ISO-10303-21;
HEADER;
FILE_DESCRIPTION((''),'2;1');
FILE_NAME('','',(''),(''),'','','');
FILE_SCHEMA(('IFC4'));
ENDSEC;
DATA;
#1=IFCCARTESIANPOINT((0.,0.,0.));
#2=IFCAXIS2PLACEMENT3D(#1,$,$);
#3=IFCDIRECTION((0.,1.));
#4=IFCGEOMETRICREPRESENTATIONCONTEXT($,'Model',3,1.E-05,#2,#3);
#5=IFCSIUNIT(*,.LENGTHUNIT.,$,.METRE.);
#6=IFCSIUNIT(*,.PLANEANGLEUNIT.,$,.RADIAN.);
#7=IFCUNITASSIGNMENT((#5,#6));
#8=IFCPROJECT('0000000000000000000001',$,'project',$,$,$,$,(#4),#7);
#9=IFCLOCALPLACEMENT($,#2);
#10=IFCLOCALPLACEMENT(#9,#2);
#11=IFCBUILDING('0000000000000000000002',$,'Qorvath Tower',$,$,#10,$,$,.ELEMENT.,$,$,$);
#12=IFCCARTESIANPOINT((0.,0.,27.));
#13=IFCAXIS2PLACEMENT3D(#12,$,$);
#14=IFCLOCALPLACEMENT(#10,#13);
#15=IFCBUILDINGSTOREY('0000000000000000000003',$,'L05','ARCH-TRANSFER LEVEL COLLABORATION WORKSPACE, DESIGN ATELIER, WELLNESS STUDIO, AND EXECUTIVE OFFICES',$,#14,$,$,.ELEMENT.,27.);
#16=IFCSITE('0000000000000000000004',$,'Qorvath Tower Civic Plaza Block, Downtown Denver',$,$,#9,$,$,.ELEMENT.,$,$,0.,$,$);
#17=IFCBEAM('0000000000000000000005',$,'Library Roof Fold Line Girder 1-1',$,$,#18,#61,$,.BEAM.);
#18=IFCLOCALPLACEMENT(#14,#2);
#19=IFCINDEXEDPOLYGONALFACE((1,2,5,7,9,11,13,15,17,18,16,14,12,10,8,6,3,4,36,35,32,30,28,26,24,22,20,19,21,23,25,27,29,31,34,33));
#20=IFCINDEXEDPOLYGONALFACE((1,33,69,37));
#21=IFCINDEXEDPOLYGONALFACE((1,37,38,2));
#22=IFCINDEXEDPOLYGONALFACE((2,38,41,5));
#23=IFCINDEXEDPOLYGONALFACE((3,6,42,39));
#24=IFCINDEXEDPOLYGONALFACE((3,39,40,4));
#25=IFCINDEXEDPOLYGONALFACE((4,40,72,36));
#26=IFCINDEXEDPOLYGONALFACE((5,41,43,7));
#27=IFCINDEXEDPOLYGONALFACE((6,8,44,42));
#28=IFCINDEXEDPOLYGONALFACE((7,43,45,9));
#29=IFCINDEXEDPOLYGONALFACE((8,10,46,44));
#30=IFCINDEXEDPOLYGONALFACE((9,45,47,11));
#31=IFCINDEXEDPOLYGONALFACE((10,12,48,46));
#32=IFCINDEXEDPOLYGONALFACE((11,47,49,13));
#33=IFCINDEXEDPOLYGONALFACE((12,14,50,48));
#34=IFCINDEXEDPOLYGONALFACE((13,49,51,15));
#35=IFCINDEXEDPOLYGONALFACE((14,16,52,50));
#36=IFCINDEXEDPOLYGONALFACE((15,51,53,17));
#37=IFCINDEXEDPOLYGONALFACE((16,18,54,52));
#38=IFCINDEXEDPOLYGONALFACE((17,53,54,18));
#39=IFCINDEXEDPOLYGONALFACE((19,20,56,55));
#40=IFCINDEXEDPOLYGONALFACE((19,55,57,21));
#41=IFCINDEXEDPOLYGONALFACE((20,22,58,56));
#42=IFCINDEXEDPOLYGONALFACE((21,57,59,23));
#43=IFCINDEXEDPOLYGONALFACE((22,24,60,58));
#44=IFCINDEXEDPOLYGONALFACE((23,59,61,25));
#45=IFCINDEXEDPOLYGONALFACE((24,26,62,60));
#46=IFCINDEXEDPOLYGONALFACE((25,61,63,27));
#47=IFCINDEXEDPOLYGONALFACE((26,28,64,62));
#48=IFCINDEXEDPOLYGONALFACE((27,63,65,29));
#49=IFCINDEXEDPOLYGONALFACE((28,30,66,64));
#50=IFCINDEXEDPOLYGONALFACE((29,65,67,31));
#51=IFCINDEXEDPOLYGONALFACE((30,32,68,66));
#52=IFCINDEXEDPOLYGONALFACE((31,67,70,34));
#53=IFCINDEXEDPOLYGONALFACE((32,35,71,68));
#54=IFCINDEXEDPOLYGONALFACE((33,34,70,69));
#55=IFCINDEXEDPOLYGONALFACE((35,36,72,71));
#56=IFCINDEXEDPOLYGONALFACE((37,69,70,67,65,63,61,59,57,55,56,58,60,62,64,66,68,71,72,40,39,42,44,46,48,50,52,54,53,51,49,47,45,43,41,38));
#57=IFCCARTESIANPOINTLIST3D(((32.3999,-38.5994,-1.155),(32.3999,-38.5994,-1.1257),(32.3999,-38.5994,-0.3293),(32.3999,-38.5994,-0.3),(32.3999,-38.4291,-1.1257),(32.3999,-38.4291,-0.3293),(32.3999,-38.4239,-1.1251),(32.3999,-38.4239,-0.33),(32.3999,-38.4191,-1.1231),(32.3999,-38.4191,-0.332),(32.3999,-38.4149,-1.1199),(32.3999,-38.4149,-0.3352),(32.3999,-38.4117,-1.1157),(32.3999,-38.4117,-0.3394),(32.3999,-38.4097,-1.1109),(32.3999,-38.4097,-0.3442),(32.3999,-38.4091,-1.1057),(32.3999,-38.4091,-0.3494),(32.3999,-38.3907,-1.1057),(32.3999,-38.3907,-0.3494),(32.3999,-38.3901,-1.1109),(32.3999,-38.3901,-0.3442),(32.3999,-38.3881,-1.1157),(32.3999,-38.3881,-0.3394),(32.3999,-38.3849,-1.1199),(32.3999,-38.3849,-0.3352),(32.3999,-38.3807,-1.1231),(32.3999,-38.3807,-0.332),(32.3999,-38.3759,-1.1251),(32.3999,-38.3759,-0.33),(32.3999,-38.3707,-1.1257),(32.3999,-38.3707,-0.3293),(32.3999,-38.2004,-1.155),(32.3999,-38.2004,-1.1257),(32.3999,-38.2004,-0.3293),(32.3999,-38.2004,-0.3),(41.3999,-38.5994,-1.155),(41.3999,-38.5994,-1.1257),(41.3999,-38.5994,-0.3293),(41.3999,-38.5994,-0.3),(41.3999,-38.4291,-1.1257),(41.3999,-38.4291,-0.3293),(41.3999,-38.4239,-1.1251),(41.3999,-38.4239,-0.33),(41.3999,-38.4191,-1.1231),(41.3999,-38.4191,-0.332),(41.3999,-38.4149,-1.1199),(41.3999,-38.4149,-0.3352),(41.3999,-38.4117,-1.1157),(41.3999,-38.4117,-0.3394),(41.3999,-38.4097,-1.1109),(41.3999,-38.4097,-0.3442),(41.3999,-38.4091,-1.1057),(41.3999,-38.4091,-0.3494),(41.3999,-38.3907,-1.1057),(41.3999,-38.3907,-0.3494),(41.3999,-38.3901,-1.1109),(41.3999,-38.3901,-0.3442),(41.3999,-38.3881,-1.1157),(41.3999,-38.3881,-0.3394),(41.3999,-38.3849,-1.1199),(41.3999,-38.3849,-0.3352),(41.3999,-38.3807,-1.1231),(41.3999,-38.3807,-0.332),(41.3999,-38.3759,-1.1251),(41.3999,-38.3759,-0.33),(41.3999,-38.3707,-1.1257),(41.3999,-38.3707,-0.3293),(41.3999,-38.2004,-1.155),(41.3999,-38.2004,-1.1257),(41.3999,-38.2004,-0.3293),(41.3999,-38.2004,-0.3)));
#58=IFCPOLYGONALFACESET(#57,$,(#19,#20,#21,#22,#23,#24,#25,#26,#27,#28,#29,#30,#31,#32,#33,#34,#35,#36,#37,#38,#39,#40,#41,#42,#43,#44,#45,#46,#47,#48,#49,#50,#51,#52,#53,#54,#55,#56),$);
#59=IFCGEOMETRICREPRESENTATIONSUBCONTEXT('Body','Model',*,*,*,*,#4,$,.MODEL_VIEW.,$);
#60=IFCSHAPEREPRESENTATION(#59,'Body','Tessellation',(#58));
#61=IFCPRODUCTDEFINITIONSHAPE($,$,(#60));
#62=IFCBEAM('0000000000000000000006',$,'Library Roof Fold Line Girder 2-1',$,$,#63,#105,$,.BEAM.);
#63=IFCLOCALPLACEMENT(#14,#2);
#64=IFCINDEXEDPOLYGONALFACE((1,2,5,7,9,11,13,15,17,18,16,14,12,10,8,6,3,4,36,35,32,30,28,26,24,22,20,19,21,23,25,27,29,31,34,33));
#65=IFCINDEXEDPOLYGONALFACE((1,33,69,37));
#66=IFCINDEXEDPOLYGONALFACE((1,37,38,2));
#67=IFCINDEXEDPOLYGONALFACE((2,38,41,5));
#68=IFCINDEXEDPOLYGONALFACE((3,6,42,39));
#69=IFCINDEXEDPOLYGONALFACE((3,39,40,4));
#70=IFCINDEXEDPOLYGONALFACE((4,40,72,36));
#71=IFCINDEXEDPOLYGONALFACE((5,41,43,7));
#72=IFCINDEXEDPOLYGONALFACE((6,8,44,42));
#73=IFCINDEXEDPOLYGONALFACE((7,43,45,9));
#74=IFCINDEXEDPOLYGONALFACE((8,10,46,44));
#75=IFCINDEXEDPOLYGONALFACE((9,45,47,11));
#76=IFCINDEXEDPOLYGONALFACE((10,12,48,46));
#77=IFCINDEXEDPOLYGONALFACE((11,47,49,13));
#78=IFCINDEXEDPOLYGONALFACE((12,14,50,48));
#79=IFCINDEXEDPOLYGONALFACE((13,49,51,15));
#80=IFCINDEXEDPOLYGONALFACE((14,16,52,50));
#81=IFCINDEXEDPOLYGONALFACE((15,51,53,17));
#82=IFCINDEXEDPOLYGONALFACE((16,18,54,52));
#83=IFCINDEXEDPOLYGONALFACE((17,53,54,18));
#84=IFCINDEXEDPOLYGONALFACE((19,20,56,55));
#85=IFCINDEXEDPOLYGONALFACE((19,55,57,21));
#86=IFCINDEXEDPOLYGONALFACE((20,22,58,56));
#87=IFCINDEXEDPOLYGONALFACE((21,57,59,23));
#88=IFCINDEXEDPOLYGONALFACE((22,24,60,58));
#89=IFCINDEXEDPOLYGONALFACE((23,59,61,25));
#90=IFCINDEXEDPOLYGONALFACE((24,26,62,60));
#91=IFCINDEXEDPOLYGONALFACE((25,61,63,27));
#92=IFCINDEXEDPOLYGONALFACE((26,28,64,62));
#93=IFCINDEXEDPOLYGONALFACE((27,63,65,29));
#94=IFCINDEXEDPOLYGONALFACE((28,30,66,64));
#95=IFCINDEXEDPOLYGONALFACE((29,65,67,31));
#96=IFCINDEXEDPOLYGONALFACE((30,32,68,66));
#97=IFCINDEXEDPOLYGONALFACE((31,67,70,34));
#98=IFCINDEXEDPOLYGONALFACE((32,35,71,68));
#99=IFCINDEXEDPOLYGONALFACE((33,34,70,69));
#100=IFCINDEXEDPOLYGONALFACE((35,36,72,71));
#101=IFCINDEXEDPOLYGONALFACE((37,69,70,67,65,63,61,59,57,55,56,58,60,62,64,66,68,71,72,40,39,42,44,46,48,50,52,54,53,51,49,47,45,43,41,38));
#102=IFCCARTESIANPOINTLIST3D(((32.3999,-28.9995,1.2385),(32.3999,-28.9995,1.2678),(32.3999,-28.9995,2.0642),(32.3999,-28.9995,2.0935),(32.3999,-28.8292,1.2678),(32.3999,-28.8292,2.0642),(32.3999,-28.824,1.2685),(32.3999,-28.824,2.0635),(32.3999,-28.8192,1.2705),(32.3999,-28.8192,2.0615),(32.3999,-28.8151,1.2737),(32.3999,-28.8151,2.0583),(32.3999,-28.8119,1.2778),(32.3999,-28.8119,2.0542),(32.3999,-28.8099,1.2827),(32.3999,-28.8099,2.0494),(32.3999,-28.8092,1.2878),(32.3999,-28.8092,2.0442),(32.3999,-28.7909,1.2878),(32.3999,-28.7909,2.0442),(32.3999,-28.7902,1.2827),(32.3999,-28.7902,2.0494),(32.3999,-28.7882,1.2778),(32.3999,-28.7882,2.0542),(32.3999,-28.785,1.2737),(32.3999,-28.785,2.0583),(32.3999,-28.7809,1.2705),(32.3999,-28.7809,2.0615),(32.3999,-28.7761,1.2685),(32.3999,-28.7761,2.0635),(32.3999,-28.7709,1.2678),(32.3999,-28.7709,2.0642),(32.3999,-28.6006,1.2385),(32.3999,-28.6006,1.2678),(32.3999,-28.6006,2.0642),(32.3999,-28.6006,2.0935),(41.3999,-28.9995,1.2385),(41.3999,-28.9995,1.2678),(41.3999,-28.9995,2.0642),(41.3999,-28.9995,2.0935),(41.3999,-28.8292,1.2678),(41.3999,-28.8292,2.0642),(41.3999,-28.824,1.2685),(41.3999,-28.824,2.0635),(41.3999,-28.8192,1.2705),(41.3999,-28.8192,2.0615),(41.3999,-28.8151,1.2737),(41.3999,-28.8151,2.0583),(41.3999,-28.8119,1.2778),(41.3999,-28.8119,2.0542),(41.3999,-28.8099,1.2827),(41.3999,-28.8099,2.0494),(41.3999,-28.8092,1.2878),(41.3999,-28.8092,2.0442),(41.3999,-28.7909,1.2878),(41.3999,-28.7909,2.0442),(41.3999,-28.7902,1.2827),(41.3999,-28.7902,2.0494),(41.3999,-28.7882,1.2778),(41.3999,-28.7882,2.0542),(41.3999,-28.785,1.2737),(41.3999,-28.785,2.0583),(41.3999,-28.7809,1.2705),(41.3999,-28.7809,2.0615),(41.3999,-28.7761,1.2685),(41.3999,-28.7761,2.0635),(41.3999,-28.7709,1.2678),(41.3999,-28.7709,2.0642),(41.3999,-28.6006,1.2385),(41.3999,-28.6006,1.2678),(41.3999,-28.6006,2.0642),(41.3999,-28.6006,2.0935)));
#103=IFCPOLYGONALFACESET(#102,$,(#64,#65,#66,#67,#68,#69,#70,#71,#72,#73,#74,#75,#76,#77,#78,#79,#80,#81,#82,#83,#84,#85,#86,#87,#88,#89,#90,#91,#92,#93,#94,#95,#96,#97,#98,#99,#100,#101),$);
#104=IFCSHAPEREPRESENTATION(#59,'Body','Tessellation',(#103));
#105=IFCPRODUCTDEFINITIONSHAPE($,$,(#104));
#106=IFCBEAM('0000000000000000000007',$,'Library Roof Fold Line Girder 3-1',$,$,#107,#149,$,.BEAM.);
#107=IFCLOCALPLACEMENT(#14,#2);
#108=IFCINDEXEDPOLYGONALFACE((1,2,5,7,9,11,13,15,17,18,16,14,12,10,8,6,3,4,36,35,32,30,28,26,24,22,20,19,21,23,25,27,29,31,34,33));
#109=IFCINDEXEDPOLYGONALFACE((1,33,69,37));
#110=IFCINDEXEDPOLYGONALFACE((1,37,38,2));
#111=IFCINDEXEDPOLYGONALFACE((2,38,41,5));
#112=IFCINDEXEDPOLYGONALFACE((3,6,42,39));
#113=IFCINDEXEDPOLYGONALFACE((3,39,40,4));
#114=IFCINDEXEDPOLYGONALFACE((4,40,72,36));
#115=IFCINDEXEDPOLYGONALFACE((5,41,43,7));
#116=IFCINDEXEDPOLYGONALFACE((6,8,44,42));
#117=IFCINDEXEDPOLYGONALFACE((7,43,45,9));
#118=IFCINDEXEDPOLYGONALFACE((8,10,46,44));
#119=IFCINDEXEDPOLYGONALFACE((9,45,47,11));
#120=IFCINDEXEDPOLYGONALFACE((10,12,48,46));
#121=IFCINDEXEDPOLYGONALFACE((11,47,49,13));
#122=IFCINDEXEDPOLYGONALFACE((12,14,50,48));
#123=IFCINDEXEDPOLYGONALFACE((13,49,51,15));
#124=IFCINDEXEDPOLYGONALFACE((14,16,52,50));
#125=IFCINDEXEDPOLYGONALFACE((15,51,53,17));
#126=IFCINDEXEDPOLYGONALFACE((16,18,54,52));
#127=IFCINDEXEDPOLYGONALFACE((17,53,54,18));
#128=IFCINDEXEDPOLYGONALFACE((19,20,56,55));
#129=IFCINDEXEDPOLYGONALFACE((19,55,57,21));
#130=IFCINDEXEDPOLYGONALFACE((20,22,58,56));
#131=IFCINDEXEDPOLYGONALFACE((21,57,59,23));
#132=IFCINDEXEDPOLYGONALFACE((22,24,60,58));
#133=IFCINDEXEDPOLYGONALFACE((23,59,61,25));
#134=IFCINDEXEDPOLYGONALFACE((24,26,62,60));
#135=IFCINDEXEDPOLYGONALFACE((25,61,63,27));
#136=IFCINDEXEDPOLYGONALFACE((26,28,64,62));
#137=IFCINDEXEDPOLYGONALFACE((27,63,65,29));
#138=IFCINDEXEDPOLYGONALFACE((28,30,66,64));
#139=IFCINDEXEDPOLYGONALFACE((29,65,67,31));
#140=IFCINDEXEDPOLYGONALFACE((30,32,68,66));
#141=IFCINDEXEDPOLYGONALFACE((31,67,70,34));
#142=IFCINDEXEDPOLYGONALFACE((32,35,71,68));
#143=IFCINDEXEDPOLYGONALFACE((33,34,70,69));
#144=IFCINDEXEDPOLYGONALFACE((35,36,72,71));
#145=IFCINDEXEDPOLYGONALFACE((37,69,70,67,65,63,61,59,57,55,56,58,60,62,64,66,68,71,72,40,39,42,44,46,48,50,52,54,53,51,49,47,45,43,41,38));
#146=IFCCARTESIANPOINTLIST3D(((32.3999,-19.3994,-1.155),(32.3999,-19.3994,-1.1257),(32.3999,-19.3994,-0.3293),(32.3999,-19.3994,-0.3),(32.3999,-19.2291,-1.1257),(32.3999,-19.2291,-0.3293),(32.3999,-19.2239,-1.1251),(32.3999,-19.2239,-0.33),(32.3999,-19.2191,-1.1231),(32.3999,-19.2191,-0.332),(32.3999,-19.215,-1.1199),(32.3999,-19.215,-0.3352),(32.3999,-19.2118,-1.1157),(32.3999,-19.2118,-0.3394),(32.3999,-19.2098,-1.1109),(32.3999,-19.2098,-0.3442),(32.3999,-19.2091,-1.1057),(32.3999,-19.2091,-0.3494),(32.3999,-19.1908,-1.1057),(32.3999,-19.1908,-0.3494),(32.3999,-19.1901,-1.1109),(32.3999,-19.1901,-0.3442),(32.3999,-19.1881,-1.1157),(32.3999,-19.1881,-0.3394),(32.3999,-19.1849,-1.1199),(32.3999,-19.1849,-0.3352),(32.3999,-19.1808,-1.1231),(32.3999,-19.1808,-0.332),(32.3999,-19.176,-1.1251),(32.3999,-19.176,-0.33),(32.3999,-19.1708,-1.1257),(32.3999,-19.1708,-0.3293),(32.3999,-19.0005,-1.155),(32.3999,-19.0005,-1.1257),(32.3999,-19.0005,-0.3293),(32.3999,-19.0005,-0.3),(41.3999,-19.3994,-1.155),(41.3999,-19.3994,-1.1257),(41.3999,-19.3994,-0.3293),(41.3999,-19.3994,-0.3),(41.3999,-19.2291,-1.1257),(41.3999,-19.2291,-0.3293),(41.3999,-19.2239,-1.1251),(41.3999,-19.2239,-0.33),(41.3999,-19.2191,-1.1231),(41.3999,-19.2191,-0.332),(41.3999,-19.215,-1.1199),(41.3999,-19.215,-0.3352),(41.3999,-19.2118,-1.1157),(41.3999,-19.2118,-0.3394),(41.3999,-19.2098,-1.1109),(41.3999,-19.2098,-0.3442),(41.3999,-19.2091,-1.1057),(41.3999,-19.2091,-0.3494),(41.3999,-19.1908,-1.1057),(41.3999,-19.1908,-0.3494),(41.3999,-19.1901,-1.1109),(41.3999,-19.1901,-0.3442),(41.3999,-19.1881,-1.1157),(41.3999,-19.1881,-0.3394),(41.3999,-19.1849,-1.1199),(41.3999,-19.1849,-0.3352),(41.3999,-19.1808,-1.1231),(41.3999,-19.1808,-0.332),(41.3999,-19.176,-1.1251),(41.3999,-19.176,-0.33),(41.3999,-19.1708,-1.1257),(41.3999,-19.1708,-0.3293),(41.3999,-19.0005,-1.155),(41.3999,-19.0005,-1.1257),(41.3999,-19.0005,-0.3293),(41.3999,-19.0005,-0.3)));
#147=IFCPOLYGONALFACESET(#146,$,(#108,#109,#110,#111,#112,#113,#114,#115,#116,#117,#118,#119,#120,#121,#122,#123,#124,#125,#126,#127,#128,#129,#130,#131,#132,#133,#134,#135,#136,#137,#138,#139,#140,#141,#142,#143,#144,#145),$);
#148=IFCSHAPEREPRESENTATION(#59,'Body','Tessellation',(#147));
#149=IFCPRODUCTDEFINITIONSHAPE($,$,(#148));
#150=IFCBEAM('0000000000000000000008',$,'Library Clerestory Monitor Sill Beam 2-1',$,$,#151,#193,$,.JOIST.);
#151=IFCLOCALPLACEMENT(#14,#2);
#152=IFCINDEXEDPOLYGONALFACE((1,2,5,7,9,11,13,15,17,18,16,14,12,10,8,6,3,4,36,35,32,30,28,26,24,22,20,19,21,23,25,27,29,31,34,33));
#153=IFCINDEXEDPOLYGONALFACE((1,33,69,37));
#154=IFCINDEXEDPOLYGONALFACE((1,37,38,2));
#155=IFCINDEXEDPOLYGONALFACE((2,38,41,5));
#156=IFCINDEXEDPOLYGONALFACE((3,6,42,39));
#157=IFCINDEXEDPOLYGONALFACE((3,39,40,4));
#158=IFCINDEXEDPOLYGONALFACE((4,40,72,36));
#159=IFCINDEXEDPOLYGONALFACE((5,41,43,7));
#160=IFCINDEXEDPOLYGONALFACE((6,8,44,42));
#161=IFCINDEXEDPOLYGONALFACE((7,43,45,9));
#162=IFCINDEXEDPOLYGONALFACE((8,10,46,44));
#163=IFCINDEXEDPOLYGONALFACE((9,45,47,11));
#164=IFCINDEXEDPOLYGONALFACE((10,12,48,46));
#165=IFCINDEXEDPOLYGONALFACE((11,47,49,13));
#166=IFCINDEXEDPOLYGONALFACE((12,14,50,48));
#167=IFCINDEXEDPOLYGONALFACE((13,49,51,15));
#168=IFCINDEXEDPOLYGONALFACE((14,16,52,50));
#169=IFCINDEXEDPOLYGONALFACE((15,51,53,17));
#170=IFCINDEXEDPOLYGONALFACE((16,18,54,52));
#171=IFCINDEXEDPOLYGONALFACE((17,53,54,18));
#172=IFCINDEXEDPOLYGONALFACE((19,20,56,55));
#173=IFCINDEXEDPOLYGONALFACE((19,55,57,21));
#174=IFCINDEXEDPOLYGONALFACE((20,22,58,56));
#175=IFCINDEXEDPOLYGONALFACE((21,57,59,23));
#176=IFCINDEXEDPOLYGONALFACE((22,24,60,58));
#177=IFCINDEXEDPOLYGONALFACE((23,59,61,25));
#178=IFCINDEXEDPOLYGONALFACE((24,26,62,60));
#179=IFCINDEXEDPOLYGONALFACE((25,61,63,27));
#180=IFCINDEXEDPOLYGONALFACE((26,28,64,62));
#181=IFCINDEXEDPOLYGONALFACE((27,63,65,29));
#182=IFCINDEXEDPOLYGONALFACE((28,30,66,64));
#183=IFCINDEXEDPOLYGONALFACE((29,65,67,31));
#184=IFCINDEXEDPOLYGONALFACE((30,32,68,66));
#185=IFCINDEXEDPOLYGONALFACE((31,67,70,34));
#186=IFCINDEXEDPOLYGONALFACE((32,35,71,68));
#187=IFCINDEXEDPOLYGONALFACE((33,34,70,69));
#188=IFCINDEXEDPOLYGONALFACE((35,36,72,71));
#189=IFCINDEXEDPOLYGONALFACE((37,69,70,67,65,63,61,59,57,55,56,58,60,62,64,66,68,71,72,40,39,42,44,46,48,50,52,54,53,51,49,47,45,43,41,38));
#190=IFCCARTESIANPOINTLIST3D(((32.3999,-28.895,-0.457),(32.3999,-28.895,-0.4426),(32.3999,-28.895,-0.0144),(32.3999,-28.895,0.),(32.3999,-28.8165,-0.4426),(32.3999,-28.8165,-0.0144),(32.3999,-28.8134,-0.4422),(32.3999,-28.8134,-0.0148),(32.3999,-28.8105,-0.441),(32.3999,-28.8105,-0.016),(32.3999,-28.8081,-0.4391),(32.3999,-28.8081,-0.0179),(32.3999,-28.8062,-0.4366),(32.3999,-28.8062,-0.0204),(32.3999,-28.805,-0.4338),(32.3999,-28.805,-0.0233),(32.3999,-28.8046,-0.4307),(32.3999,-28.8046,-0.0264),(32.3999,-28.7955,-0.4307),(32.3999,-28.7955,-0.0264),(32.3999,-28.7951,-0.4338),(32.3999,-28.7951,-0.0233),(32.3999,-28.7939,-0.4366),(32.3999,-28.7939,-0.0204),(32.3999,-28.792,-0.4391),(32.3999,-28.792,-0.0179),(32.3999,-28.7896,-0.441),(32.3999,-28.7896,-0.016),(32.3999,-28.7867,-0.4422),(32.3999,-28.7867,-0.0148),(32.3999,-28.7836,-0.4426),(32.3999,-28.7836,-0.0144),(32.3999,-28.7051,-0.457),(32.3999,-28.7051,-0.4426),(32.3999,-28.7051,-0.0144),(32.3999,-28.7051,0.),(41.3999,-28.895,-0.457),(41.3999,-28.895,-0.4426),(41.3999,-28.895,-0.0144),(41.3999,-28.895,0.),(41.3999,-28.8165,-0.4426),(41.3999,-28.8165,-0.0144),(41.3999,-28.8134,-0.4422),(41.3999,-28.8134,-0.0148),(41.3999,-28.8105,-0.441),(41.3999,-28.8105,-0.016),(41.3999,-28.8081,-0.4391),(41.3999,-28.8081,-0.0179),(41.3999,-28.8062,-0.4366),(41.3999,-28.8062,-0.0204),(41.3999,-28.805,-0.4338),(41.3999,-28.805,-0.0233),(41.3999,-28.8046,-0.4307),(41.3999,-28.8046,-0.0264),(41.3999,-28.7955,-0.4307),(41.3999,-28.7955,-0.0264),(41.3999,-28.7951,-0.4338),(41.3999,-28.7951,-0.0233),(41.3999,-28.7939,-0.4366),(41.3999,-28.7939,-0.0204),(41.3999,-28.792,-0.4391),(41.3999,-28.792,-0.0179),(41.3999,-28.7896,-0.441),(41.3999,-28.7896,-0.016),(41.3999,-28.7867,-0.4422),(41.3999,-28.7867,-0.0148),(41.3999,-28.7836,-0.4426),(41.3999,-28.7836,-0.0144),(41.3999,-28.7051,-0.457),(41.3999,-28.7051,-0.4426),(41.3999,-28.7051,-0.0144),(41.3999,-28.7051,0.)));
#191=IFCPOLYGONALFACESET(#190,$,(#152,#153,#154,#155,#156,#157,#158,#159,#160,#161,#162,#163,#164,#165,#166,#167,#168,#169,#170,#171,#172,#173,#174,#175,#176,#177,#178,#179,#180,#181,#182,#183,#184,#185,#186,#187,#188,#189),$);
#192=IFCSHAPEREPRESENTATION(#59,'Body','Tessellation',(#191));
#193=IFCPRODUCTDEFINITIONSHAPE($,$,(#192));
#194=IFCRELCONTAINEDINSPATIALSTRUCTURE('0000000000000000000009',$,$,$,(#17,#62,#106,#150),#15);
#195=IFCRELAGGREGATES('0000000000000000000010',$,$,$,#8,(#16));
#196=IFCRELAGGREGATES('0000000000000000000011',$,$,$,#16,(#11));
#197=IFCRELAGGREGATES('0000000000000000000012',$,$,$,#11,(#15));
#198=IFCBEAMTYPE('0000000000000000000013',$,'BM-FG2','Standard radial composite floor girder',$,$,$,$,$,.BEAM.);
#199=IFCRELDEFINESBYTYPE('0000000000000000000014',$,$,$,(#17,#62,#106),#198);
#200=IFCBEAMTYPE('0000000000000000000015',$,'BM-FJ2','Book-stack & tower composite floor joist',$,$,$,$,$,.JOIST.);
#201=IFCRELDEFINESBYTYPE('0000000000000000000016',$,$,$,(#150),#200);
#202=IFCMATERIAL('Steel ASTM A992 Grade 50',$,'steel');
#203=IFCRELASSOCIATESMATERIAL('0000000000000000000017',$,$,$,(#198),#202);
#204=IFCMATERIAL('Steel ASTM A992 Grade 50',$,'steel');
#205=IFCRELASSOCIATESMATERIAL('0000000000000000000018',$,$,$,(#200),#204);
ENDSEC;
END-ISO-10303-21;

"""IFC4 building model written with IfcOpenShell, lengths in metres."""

from ifc_helpers import new_model, si_unit, direction, frame, origin, origin_2d, place, context, subcontext, project, spatial, i_section, extrude, material, material_profile, profile_set, type_object, element, save


model = new_model("IFC4")

# Units and contexts
model_context = context("Model", 3, precision=1e-05, world=origin(), true_north=direction((0.0, 1.0)))
body_context = subcontext(model_context, "Body", "Model", "MODEL_VIEW")
ifc_project = project(units=[si_unit("LENGTHUNIT", "METRE"), si_unit("PLANEANGLEUNIT", "RADIAN")], contexts=[model_context])

# Site, building, storey
site_placement = place(None, origin())
site = spatial("IfcSite", under=ifc_project, at=site_placement, Name="Qorvath Tower Civic Plaza Block, Downtown Denver", CompositionType="ELEMENT", RefElevation=0.0)
building_placement = place(site_placement, origin())
building = spatial("IfcBuilding", under=site, at=building_placement, Name="Qorvath Tower", CompositionType="ELEMENT")
storey_placement = place(building_placement, frame((0.0, 0.0, 27.0)))
storey = spatial("IfcBuildingStorey", under=building, at=storey_placement, Name="L05", Description="ARCH-TRANSFER LEVEL COLLABORATION WORKSPACE, DESIGN ATELIER, WELLNESS STUDIO, AND EXECUTIVE OFFICES", CompositionType="ELEMENT", Elevation=27.0)

# Beams
ifc_material_1 = material(Name="Steel ASTM A992 Grade 50", Category="steel")
ifc_material_profile_1 = material_profile(ifc_material_1, i_section(OverallWidth=0.3989, OverallDepth=0.855, WebThickness=0.0183, FlangeThickness=0.0293, FilletRadius=0.02, at=origin_2d()), Name="W33x201")
ifc_profile_set_1 = profile_set([ifc_material_profile_1], Name="Steel ASTM A992 Grade 50")
beam_type_1 = type_object("IfcBeamType", Name="BM-FG2", Description="Standard radial composite floor girder", PredefinedType="BEAM", material=ifc_profile_set_1)
for number, where, z_axis, x_axis, name in (
    (1, (32.3999, -38.3999, -0.7275), (1.0, 0.0, 0.0), (0.0, 1.0, 0.0), "Library Roof Fold Line Girder 1-1"),
    (2, (32.3999, -28.8, 1.666), (1.0, 0.0, 0.0), (0.0, 1.0, 0.0), "Library Roof Fold Line Girder 2-1"),
    (3, (32.3999, -19.2, -0.7275), (1.0, 0.0, 0.0), (0.0, 1.0, 0.0), "Library Roof Fold Line Girder 3-1"),
):
    element("IfcBeam", number, at=place(storey_placement, frame(where, z_axis=z_axis, x_axis=x_axis)), inside=storey, type_object=beam_type_1, Name=name, PredefinedType="BEAM", context=body_context, shape_type="SweptSolid", body=[
        extrude(i_section(OverallWidth=0.3989, OverallDepth=0.855, WebThickness=0.0183, FlangeThickness=0.0293, FilletRadius=0.02, at=origin_2d()), origin(), (0.0, 0.0, 1.0), 9.0),
    ])
ifc_material_2 = material(Name="Steel ASTM A992 Grade 50", Category="steel")
ifc_material_profile_2 = material_profile(ifc_material_2, i_section(OverallWidth=0.1899, OverallDepth=0.457, WebThickness=0.009, FlangeThickness=0.0144, FilletRadius=0.012, at=origin_2d()), Name="W18x50")
ifc_profile_set_2 = profile_set([ifc_material_profile_2], Name="Steel ASTM A992 Grade 50")
beam_type_2 = type_object("IfcBeamType", Name="BM-FJ2", Description="Book-stack & tower composite floor joist", PredefinedType="JOIST", material=ifc_profile_set_2)
beam_1_placement = place(storey_placement, frame((32.3999, -28.8, -0.2285), z_axis=(1.0, 0.0, 0.0), x_axis=(0.0, 1.0, 0.0)))
element("IfcBeam", 4, at=beam_1_placement, inside=storey, type_object=beam_type_2, Name="Library Clerestory Monitor Sill Beam 2-1", PredefinedType="JOIST", context=body_context, shape_type="SweptSolid", body=[
    extrude(i_section(OverallWidth=0.1899, OverallDepth=0.457, WebThickness=0.009, FlangeThickness=0.0144, FilletRadius=0.012, at=origin_2d()), origin(), (0.0, 0.0, 1.0), 9.0),
])

save(model, "model.ifc")
